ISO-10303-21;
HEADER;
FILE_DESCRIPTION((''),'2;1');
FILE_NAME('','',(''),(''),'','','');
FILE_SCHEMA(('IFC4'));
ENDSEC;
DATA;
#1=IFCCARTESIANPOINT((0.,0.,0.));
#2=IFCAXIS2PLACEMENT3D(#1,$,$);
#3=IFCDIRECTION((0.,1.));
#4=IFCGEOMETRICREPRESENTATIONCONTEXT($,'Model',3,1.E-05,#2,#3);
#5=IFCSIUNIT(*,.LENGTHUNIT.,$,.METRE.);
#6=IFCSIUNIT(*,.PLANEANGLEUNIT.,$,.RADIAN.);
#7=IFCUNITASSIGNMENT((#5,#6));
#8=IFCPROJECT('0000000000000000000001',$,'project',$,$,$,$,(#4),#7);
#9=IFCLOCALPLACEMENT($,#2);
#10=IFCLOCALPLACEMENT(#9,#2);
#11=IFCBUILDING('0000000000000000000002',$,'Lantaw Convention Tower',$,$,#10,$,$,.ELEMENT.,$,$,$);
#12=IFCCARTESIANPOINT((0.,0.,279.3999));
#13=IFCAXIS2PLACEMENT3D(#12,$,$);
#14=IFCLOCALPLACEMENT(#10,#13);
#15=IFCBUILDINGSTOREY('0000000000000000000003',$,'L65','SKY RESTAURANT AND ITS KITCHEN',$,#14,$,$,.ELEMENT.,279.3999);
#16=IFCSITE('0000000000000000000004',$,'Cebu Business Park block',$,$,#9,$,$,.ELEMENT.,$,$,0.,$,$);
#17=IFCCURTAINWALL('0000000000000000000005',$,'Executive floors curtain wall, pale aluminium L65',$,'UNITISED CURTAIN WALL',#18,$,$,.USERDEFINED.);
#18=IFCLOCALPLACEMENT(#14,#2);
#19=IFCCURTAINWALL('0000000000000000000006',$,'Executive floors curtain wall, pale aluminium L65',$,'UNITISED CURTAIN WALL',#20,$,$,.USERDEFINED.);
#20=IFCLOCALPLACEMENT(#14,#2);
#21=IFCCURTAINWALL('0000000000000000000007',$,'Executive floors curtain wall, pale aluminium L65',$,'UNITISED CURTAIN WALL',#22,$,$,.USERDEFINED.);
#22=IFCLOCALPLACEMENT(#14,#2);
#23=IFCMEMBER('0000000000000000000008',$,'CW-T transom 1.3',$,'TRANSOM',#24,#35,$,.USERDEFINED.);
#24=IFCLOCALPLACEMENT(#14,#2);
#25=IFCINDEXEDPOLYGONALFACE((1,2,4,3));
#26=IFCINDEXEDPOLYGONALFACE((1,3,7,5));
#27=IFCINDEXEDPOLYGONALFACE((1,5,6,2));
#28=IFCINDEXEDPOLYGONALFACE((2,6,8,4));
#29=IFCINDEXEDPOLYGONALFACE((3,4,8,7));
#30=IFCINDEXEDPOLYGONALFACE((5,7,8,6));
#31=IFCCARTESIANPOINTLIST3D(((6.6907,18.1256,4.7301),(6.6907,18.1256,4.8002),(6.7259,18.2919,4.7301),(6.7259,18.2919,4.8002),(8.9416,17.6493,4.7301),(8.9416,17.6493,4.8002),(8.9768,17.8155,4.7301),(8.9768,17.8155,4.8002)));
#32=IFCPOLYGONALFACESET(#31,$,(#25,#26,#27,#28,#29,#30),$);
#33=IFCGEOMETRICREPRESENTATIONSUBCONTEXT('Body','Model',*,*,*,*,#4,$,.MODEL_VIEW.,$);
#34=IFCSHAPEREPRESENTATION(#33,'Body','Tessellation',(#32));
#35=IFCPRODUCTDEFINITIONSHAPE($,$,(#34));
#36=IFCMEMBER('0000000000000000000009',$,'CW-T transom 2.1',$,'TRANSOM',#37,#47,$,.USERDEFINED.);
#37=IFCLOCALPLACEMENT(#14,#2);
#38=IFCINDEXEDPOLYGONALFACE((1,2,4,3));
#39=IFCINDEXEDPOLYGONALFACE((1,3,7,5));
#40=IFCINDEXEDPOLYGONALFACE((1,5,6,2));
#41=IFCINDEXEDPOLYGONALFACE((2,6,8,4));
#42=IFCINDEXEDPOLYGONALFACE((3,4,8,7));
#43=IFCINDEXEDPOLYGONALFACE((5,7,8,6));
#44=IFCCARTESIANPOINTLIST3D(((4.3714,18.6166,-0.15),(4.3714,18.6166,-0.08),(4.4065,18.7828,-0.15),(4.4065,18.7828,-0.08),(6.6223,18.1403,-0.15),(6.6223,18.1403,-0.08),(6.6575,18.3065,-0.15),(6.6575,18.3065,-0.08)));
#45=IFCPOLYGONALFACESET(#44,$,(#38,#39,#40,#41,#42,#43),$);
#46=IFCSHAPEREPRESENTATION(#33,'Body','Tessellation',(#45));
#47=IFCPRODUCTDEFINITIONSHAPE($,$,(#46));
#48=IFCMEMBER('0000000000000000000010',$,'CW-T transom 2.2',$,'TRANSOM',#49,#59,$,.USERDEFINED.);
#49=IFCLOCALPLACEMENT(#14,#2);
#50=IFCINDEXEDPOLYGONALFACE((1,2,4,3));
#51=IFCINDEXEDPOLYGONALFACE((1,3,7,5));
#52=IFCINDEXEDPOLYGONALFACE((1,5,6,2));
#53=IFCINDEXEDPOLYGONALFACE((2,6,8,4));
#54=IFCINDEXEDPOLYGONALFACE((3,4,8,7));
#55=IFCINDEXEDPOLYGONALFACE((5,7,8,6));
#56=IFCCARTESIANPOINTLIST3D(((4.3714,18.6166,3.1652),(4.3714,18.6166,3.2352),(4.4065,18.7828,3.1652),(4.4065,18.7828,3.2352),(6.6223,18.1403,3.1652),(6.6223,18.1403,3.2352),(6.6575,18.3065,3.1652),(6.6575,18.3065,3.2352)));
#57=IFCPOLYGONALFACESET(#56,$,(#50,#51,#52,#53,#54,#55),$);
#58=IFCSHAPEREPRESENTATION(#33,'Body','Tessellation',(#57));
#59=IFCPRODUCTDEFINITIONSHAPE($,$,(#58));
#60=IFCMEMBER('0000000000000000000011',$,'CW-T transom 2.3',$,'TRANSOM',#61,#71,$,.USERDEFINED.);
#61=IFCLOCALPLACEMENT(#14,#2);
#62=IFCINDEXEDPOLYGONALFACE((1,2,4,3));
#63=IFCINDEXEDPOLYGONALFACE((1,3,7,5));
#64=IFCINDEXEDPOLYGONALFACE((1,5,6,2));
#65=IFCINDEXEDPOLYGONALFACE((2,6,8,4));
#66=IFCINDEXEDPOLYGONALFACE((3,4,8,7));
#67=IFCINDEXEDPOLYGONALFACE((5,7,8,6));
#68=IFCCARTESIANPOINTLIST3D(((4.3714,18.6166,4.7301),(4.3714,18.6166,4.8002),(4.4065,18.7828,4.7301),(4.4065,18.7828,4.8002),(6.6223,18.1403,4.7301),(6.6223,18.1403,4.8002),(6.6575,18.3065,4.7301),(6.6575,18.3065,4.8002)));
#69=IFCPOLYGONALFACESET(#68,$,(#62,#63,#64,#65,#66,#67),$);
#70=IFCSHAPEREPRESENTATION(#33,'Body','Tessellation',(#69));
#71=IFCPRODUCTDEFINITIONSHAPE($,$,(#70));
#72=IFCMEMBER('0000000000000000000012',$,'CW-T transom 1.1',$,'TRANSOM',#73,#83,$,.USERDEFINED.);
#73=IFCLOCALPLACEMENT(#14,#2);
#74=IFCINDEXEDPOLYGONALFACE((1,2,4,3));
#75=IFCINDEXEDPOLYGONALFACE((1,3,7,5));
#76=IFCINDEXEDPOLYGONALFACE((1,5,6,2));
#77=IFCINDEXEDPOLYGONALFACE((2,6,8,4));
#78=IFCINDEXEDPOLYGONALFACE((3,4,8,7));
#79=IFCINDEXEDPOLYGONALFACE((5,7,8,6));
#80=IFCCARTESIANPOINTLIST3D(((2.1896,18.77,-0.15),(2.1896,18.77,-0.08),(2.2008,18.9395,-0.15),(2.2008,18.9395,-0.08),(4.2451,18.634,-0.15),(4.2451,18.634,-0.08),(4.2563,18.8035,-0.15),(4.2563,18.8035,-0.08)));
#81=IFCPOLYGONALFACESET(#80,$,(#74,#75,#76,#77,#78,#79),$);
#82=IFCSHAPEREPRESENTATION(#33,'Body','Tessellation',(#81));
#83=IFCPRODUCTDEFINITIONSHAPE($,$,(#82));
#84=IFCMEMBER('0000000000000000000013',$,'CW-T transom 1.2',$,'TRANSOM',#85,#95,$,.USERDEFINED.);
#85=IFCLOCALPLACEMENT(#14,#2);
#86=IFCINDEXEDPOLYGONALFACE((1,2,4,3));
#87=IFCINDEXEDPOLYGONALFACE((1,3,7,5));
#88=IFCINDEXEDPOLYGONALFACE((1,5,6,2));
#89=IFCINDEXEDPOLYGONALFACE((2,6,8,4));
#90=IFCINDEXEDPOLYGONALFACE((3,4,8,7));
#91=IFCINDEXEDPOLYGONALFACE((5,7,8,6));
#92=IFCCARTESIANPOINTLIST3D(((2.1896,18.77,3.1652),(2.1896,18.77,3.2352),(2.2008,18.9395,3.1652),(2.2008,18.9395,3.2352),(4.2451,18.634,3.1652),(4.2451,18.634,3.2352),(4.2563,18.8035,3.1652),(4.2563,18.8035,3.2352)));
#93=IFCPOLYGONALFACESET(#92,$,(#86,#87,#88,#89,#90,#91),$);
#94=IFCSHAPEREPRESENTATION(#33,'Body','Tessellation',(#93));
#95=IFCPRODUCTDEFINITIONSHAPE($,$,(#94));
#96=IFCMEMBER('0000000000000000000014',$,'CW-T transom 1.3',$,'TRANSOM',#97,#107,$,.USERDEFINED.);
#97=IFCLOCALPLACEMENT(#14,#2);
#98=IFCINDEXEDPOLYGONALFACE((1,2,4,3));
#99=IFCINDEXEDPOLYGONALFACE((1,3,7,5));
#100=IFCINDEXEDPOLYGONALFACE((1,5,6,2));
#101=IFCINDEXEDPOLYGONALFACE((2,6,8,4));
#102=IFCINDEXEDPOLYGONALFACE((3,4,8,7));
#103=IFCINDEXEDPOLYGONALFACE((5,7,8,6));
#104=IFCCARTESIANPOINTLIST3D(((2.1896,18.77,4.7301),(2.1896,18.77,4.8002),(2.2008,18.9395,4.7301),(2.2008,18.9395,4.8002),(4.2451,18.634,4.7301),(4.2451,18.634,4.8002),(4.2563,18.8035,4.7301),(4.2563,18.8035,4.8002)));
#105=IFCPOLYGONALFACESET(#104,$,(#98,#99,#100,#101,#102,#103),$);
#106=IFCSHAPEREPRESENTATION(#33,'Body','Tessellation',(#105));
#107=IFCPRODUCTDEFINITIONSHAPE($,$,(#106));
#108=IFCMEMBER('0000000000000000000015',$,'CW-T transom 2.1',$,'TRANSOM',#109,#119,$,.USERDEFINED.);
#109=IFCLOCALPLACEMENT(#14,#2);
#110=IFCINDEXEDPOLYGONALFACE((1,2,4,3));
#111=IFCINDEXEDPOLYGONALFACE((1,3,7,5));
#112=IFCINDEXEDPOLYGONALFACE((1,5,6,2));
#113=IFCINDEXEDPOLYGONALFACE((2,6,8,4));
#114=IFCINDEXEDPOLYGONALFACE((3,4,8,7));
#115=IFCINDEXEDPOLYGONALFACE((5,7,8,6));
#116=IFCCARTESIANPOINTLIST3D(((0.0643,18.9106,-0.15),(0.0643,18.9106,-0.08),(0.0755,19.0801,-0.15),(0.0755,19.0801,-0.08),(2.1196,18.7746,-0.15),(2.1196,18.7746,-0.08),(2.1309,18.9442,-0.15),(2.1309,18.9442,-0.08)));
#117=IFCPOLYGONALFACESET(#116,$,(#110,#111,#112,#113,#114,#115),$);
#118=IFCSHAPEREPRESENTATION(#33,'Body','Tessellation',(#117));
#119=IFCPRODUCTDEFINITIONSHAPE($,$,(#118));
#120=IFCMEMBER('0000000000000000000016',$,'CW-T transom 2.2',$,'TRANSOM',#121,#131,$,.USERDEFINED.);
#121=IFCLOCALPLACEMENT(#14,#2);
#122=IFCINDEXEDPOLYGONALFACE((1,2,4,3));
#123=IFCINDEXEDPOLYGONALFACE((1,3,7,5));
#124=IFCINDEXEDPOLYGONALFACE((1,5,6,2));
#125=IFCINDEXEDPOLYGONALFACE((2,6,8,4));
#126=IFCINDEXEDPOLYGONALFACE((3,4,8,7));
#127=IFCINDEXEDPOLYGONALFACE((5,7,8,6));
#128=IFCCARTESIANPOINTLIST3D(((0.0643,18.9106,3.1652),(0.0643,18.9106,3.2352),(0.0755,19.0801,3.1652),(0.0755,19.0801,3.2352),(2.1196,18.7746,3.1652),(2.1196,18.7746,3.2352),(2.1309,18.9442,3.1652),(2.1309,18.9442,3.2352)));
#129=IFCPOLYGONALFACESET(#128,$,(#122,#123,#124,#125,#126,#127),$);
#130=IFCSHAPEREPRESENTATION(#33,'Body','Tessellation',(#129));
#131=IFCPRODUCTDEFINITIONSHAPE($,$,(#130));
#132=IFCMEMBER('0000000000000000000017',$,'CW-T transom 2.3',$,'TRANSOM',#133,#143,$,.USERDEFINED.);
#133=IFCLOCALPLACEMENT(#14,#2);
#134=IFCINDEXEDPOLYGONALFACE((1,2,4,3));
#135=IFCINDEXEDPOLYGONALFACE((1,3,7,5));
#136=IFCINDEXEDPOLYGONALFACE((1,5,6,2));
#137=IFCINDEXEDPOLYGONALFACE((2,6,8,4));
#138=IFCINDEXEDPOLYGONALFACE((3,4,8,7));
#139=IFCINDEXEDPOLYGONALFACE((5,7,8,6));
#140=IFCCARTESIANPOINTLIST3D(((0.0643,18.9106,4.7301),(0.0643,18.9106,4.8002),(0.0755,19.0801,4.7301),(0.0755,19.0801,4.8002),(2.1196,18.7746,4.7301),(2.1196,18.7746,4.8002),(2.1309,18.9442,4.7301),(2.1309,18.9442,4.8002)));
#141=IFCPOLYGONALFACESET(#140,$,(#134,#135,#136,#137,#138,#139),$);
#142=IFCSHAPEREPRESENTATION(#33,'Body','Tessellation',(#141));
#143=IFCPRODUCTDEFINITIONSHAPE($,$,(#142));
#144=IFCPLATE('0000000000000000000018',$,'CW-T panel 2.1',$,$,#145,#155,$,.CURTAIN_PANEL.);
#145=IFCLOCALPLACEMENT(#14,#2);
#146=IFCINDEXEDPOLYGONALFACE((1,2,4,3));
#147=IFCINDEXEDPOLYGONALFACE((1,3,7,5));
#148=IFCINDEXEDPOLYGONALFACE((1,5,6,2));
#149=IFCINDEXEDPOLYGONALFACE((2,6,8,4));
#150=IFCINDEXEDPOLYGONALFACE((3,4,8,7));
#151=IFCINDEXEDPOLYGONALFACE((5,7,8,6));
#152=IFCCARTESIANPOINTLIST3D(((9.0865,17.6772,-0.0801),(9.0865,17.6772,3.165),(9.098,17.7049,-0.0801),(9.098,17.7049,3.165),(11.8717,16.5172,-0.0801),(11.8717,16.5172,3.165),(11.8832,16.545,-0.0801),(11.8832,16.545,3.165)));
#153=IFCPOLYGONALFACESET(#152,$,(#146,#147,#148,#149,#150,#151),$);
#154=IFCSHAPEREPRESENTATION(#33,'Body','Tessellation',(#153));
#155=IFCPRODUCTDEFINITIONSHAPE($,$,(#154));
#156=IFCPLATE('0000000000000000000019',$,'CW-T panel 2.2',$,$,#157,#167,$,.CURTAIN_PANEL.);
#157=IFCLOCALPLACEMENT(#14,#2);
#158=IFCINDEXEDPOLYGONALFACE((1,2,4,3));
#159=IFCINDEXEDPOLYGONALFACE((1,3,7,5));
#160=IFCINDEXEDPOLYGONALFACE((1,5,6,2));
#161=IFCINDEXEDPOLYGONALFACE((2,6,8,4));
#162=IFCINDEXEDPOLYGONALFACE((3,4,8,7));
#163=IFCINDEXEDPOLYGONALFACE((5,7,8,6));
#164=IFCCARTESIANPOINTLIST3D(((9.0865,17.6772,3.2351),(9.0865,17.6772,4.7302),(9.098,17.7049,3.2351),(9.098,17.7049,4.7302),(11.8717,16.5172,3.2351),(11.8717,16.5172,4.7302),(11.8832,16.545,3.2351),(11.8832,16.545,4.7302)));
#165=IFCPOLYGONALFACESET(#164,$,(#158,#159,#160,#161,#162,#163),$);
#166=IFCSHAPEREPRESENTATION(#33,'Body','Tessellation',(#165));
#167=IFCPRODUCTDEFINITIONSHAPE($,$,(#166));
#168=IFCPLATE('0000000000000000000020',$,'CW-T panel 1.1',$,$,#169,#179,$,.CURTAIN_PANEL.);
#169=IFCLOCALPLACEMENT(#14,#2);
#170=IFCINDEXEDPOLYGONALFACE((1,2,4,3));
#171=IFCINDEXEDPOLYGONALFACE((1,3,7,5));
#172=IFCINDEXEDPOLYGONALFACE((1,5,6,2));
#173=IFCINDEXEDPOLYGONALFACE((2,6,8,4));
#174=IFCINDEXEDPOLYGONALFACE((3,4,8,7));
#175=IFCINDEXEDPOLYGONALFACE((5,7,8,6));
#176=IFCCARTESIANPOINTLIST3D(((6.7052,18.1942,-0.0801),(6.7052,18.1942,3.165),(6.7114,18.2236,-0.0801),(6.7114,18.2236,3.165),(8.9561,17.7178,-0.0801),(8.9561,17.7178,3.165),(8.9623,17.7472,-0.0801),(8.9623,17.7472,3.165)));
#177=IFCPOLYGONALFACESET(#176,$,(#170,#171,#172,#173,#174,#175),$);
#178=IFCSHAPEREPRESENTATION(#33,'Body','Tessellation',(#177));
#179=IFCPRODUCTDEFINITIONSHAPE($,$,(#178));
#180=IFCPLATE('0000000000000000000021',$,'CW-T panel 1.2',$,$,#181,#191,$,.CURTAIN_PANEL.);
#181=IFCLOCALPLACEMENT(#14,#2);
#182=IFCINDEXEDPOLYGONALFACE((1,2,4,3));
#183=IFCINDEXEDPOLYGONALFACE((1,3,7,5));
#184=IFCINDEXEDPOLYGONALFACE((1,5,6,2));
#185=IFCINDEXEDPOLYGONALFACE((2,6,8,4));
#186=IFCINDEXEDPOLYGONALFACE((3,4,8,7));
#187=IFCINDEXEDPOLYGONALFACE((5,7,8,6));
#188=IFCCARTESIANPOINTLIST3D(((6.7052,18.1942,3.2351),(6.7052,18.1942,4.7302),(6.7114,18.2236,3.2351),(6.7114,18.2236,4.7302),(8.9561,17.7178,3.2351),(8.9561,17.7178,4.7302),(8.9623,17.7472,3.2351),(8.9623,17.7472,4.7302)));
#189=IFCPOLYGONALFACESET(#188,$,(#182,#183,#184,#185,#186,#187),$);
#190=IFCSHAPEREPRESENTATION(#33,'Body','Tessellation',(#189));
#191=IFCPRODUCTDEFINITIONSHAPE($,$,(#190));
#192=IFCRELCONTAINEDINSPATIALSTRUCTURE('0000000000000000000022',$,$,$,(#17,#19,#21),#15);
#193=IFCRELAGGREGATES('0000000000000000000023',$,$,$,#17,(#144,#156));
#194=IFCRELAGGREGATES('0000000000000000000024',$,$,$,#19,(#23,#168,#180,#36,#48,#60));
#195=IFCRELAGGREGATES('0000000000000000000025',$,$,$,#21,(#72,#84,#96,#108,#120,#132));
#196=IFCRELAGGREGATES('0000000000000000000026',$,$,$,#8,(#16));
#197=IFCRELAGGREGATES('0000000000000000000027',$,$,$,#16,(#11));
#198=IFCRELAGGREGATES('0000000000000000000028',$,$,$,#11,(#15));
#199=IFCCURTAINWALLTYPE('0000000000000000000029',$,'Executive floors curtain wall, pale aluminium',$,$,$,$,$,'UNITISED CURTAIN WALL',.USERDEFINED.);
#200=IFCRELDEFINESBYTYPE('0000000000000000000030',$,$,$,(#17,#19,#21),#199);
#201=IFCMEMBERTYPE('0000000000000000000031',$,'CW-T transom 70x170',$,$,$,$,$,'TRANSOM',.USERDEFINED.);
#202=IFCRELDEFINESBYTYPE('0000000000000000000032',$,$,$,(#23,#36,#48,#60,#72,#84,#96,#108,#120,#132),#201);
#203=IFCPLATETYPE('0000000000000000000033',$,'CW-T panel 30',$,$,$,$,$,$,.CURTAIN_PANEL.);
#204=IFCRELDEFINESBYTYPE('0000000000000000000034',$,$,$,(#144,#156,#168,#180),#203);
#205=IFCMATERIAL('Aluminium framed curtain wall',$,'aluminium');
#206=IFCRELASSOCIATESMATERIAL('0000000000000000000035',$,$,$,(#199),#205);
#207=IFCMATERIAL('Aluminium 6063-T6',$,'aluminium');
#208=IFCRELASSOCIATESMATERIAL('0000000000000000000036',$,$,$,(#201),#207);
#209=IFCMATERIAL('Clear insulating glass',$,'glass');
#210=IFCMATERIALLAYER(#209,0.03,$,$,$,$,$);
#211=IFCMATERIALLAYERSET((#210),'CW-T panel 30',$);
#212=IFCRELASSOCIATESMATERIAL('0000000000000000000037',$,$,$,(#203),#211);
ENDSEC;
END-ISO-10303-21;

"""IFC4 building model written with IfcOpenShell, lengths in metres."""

from ifc_helpers import new_model, si_unit, direction, frame, origin, origin_2d, place, context, subcontext, project, spatial, rectangle, extrude, material, layer, layer_set, material_profile, profile_set, type_object, element, aggregate, save


model = new_model("IFC4")

# Units and contexts
model_context = context("Model", 3, precision=1e-05, world=origin(), true_north=direction((0.0, 1.0)))
body_context = subcontext(model_context, "Body", "Model", "MODEL_VIEW")
ifc_project = project(units=[si_unit("LENGTHUNIT", "METRE"), si_unit("PLANEANGLEUNIT", "RADIAN")], contexts=[model_context])

# Site, building, storey
site_placement = place(None, origin())
site = spatial("IfcSite", under=ifc_project, at=site_placement, Name="Cebu Business Park block", CompositionType="ELEMENT", RefElevation=0.0)
building_placement = place(site_placement, origin())
building = spatial("IfcBuilding", under=site, at=building_placement, Name="Lantaw Convention Tower", CompositionType="ELEMENT")
storey_placement = place(building_placement, frame((0.0, 0.0, 279.3999)))
storey = spatial("IfcBuildingStorey", under=building, at=storey_placement, Name="L65", Description="SKY RESTAURANT AND ITS KITCHEN", CompositionType="ELEMENT", Elevation=279.3999)

# Curtain wall
ifc_material_1 = material(Name="Aluminium framed curtain wall", Category="aluminium")
curtain_wall_type = type_object("IfcCurtainWallType", Name="Executive floors curtain wall, pale aluminium", ElementType="UNITISED CURTAIN WALL", PredefinedType="USERDEFINED", material=ifc_material_1)
curtain_wall_1_placement = place(storey_placement, origin())
curtain_wall_1 = element("IfcCurtainWall", 1, at=curtain_wall_1_placement, inside=storey, type_object=curtain_wall_type, Name="Executive floors curtain wall, pale aluminium L65", ObjectType="UNITISED CURTAIN WALL", PredefinedType="USERDEFINED")
ifc_material_2 = material(Name="Aluminium 6063-T6", Category="aluminium")

# Curtain walls
curtain_wall_2_placement = place(storey_placement, origin())
curtain_wall_2 = element("IfcCurtainWall", 2, at=curtain_wall_2_placement, inside=storey, type_object=curtain_wall_type, Name="Executive floors curtain wall, pale aluminium L65", ObjectType="UNITISED CURTAIN WALL", PredefinedType="USERDEFINED")
curtain_wall_3_placement = place(storey_placement, origin())
curtain_wall_3 = element("IfcCurtainWall", 3, at=curtain_wall_3_placement, inside=storey, type_object=curtain_wall_type, Name="Executive floors curtain wall, pale aluminium L65", ObjectType="UNITISED CURTAIN WALL", PredefinedType="USERDEFINED")

# Members
ifc_material_profile_1 = material_profile(ifc_material_2, rectangle(XDim=0.1699, YDim=0.0701, at=origin_2d()), Name="CW-T transom 70x170")
ifc_profile_set_1 = profile_set([ifc_material_profile_1], Name="Aluminium 6063-T6")
member_type_1 = type_object("IfcMemberType", Name="CW-T transom 70x170", ElementType="TRANSOM", PredefinedType="USERDEFINED", material=ifc_profile_set_1)
member_1_placement = place(storey_placement, frame((8.9592, 17.7324, 4.7651), z_axis=(-0.978336, 0.207021, 0.0), x_axis=(-0.207021, -0.978336, 0.0)))
member_1 = element("IfcMember", 4, at=member_1_placement, type_object=member_type_1, Name="CW-T transom 1.3", ObjectType="TRANSOM", PredefinedType="USERDEFINED", context=body_context, shape_type="SweptSolid", body=[
    extrude(rectangle(XDim=0.1699, YDim=0.0701, at=origin_2d()), origin(), (0.0, 0.0, 1.0), 2.3008),
])
member_2_placement = place(storey_placement, frame((6.6399, 18.2234, -0.115), z_axis=(-0.978336, 0.207021, 0.0), x_axis=(-0.207021, -0.978336, 0.0)))
member_2 = element("IfcMember", 5, at=member_2_placement, type_object=member_type_1, Name="CW-T transom 2.1", ObjectType="TRANSOM", PredefinedType="USERDEFINED", context=body_context, shape_type="SweptSolid", body=[
    extrude(rectangle(XDim=0.1699, YDim=0.0701, at=origin_2d()), origin(), (0.0, 0.0, 1.0), 2.3008),
])
member_3_placement = place(storey_placement, frame((6.6399, 18.2234, 3.2002), z_axis=(-0.978336, 0.207021, 0.0), x_axis=(-0.207021, -0.978336, 0.0)))
member_3 = element("IfcMember", 6, at=member_3_placement, type_object=member_type_1, Name="CW-T transom 2.2", ObjectType="TRANSOM", PredefinedType="USERDEFINED", context=body_context, shape_type="SweptSolid", body=[
    extrude(rectangle(XDim=0.1699, YDim=0.0701, at=origin_2d()), origin(), (0.0, 0.0, 1.0), 2.3008),
])
member_4_placement = place(storey_placement, frame((6.6399, 18.2234, 4.7651), z_axis=(-0.978336, 0.207021, 0.0), x_axis=(-0.207021, -0.978336, 0.0)))
member_4 = element("IfcMember", 7, at=member_4_placement, type_object=member_type_1, Name="CW-T transom 2.3", ObjectType="TRANSOM", PredefinedType="USERDEFINED", context=body_context, shape_type="SweptSolid", body=[
    extrude(rectangle(XDim=0.1699, YDim=0.0701, at=origin_2d()), origin(), (0.0, 0.0, 1.0), 2.3008),
])
member_5_placement = place(storey_placement, frame((4.2507, 18.7188, -0.115), z_axis=(-0.997819, 0.066008, 0.0), x_axis=(-0.066008, -0.997819, 0.0)))
member_5 = element("IfcMember", 8, at=member_5_placement, type_object=member_type_1, Name="CW-T transom 1.1", ObjectType="TRANSOM", PredefinedType="USERDEFINED", context=body_context, shape_type="SweptSolid", body=[
    extrude(rectangle(XDim=0.1699, YDim=0.0701, at=origin_2d()), origin(), (0.0, 0.0, 1.0), 2.0601),
])
member_6_placement = place(storey_placement, frame((4.2507, 18.7188, 3.2002), z_axis=(-0.997819, 0.066008, 0.0), x_axis=(-0.066008, -0.997819, 0.0)))
member_6 = element("IfcMember", 9, at=member_6_placement, type_object=member_type_1, Name="CW-T transom 1.2", ObjectType="TRANSOM", PredefinedType="USERDEFINED", context=body_context, shape_type="SweptSolid", body=[
    extrude(rectangle(XDim=0.1699, YDim=0.0701, at=origin_2d()), origin(), (0.0, 0.0, 1.0), 2.0601),
])
member_7_placement = place(storey_placement, frame((4.2507, 18.7188, 4.7651), z_axis=(-0.997819, 0.066008, 0.0), x_axis=(-0.066008, -0.997819, 0.0)))
member_7 = element("IfcMember", 10, at=member_7_placement, type_object=member_type_1, Name="CW-T transom 1.3", ObjectType="TRANSOM", PredefinedType="USERDEFINED", context=body_context, shape_type="SweptSolid", body=[
    extrude(rectangle(XDim=0.1699, YDim=0.0701, at=origin_2d()), origin(), (0.0, 0.0, 1.0), 2.0601),
])
member_8_placement = place(storey_placement, frame((2.1252, 18.8594, -0.115), z_axis=(-0.997819, 0.066016, 0.0), x_axis=(-0.066016, -0.997819, 0.0)))
member_8 = element("IfcMember", 11, at=member_8_placement, type_object=member_type_1, Name="CW-T transom 2.1", ObjectType="TRANSOM", PredefinedType="USERDEFINED", context=body_context, shape_type="SweptSolid", body=[
    extrude(rectangle(XDim=0.1699, YDim=0.0701, at=origin_2d()), origin(), (0.0, 0.0, 1.0), 2.0598),
])
member_9_placement = place(storey_placement, frame((2.1252, 18.8594, 3.2002), z_axis=(-0.997819, 0.066016, 0.0), x_axis=(-0.066016, -0.997819, 0.0)))
member_9 = element("IfcMember", 12, at=member_9_placement, type_object=member_type_1, Name="CW-T transom 2.2", ObjectType="TRANSOM", PredefinedType="USERDEFINED", context=body_context, shape_type="SweptSolid", body=[
    extrude(rectangle(XDim=0.1699, YDim=0.0701, at=origin_2d()), origin(), (0.0, 0.0, 1.0), 2.0598),
])
member_10_placement = place(storey_placement, frame((2.1252, 18.8594, 4.7651), z_axis=(-0.997819, 0.066016, 0.0), x_axis=(-0.066016, -0.997819, 0.0)))
member_10 = element("IfcMember", 13, at=member_10_placement, type_object=member_type_1, Name="CW-T transom 2.3", ObjectType="TRANSOM", PredefinedType="USERDEFINED", context=body_context, shape_type="SweptSolid", body=[
    extrude(rectangle(XDim=0.1699, YDim=0.0701, at=origin_2d()), origin(), (0.0, 0.0, 1.0), 2.0598),
])

# Plates
ifc_material_3 = material(Name="Clear insulating glass", Category="glass")
ifc_layer_1 = layer(ifc_material_3, 0.03)
ifc_layer_set_1 = layer_set([ifc_layer_1], Name="CW-T panel 30")
plate_type_1 = type_object("IfcPlateType", Name="CW-T panel 30", PredefinedType="CURTAIN_PANEL", material=ifc_layer_set_1)
plate_1_placement = place(storey_placement, frame((10.4849, 17.1111, -0.0801), z_axis=(0.0, 0.0, 1.0), x_axis=(-0.923142, 0.38446, 0.0)))
plate_1 = element("IfcPlate", 14, at=plate_1_placement, type_object=plate_type_1, Name="CW-T panel 2.1", PredefinedType="CURTAIN_PANEL", context=body_context, shape_type="SweptSolid", body=[
    extrude(rectangle(XDim=3.0171, YDim=0.03, at=origin_2d()), origin(), (0.0, 0.0, 1.0), 3.2451),
])
plate_2_placement = place(storey_placement, frame((10.4849, 17.1111, 3.2351), z_axis=(0.0, 0.0, 1.0), x_axis=(-0.923142, 0.38446, 0.0)))
plate_2 = element("IfcPlate", 15, at=plate_2_placement, type_object=plate_type_1, Name="CW-T panel 2.2", PredefinedType="CURTAIN_PANEL", context=body_context, shape_type="SweptSolid", body=[
    extrude(rectangle(XDim=3.0171, YDim=0.03, at=origin_2d()), origin(), (0.0, 0.0, 1.0), 1.4951),
])
aggregate(curtain_wall_1, [plate_1, plate_2])
plate_3_placement = place(storey_placement, frame((7.8337, 17.9707, -0.0801), z_axis=(0.0, 0.0, 1.0), x_axis=(-0.978332, 0.20704, 0.0)))
plate_3 = element("IfcPlate", 16, at=plate_3_placement, type_object=plate_type_1, Name="CW-T panel 1.1", PredefinedType="CURTAIN_PANEL", context=body_context, shape_type="SweptSolid", body=[
    extrude(rectangle(XDim=2.3008, YDim=0.03, at=origin_2d()), origin(), (0.0, 0.0, 1.0), 3.2451),
])
plate_4_placement = place(storey_placement, frame((7.8337, 17.9707, 3.2351), z_axis=(0.0, 0.0, 1.0), x_axis=(-0.978332, 0.20704, 0.0)))
plate_4 = element("IfcPlate", 17, at=plate_4_placement, type_object=plate_type_1, Name="CW-T panel 1.2", PredefinedType="CURTAIN_PANEL", context=body_context, shape_type="SweptSolid", body=[
    extrude(rectangle(XDim=2.3008, YDim=0.03, at=origin_2d()), origin(), (0.0, 0.0, 1.0), 1.4951),
])
aggregate(curtain_wall_2, [member_1, plate_3, plate_4, member_2, member_3, member_4])
aggregate(curtain_wall_3, [member_5, member_6, member_7, member_8, member_9, member_10])

save(model, "model.ifc")
